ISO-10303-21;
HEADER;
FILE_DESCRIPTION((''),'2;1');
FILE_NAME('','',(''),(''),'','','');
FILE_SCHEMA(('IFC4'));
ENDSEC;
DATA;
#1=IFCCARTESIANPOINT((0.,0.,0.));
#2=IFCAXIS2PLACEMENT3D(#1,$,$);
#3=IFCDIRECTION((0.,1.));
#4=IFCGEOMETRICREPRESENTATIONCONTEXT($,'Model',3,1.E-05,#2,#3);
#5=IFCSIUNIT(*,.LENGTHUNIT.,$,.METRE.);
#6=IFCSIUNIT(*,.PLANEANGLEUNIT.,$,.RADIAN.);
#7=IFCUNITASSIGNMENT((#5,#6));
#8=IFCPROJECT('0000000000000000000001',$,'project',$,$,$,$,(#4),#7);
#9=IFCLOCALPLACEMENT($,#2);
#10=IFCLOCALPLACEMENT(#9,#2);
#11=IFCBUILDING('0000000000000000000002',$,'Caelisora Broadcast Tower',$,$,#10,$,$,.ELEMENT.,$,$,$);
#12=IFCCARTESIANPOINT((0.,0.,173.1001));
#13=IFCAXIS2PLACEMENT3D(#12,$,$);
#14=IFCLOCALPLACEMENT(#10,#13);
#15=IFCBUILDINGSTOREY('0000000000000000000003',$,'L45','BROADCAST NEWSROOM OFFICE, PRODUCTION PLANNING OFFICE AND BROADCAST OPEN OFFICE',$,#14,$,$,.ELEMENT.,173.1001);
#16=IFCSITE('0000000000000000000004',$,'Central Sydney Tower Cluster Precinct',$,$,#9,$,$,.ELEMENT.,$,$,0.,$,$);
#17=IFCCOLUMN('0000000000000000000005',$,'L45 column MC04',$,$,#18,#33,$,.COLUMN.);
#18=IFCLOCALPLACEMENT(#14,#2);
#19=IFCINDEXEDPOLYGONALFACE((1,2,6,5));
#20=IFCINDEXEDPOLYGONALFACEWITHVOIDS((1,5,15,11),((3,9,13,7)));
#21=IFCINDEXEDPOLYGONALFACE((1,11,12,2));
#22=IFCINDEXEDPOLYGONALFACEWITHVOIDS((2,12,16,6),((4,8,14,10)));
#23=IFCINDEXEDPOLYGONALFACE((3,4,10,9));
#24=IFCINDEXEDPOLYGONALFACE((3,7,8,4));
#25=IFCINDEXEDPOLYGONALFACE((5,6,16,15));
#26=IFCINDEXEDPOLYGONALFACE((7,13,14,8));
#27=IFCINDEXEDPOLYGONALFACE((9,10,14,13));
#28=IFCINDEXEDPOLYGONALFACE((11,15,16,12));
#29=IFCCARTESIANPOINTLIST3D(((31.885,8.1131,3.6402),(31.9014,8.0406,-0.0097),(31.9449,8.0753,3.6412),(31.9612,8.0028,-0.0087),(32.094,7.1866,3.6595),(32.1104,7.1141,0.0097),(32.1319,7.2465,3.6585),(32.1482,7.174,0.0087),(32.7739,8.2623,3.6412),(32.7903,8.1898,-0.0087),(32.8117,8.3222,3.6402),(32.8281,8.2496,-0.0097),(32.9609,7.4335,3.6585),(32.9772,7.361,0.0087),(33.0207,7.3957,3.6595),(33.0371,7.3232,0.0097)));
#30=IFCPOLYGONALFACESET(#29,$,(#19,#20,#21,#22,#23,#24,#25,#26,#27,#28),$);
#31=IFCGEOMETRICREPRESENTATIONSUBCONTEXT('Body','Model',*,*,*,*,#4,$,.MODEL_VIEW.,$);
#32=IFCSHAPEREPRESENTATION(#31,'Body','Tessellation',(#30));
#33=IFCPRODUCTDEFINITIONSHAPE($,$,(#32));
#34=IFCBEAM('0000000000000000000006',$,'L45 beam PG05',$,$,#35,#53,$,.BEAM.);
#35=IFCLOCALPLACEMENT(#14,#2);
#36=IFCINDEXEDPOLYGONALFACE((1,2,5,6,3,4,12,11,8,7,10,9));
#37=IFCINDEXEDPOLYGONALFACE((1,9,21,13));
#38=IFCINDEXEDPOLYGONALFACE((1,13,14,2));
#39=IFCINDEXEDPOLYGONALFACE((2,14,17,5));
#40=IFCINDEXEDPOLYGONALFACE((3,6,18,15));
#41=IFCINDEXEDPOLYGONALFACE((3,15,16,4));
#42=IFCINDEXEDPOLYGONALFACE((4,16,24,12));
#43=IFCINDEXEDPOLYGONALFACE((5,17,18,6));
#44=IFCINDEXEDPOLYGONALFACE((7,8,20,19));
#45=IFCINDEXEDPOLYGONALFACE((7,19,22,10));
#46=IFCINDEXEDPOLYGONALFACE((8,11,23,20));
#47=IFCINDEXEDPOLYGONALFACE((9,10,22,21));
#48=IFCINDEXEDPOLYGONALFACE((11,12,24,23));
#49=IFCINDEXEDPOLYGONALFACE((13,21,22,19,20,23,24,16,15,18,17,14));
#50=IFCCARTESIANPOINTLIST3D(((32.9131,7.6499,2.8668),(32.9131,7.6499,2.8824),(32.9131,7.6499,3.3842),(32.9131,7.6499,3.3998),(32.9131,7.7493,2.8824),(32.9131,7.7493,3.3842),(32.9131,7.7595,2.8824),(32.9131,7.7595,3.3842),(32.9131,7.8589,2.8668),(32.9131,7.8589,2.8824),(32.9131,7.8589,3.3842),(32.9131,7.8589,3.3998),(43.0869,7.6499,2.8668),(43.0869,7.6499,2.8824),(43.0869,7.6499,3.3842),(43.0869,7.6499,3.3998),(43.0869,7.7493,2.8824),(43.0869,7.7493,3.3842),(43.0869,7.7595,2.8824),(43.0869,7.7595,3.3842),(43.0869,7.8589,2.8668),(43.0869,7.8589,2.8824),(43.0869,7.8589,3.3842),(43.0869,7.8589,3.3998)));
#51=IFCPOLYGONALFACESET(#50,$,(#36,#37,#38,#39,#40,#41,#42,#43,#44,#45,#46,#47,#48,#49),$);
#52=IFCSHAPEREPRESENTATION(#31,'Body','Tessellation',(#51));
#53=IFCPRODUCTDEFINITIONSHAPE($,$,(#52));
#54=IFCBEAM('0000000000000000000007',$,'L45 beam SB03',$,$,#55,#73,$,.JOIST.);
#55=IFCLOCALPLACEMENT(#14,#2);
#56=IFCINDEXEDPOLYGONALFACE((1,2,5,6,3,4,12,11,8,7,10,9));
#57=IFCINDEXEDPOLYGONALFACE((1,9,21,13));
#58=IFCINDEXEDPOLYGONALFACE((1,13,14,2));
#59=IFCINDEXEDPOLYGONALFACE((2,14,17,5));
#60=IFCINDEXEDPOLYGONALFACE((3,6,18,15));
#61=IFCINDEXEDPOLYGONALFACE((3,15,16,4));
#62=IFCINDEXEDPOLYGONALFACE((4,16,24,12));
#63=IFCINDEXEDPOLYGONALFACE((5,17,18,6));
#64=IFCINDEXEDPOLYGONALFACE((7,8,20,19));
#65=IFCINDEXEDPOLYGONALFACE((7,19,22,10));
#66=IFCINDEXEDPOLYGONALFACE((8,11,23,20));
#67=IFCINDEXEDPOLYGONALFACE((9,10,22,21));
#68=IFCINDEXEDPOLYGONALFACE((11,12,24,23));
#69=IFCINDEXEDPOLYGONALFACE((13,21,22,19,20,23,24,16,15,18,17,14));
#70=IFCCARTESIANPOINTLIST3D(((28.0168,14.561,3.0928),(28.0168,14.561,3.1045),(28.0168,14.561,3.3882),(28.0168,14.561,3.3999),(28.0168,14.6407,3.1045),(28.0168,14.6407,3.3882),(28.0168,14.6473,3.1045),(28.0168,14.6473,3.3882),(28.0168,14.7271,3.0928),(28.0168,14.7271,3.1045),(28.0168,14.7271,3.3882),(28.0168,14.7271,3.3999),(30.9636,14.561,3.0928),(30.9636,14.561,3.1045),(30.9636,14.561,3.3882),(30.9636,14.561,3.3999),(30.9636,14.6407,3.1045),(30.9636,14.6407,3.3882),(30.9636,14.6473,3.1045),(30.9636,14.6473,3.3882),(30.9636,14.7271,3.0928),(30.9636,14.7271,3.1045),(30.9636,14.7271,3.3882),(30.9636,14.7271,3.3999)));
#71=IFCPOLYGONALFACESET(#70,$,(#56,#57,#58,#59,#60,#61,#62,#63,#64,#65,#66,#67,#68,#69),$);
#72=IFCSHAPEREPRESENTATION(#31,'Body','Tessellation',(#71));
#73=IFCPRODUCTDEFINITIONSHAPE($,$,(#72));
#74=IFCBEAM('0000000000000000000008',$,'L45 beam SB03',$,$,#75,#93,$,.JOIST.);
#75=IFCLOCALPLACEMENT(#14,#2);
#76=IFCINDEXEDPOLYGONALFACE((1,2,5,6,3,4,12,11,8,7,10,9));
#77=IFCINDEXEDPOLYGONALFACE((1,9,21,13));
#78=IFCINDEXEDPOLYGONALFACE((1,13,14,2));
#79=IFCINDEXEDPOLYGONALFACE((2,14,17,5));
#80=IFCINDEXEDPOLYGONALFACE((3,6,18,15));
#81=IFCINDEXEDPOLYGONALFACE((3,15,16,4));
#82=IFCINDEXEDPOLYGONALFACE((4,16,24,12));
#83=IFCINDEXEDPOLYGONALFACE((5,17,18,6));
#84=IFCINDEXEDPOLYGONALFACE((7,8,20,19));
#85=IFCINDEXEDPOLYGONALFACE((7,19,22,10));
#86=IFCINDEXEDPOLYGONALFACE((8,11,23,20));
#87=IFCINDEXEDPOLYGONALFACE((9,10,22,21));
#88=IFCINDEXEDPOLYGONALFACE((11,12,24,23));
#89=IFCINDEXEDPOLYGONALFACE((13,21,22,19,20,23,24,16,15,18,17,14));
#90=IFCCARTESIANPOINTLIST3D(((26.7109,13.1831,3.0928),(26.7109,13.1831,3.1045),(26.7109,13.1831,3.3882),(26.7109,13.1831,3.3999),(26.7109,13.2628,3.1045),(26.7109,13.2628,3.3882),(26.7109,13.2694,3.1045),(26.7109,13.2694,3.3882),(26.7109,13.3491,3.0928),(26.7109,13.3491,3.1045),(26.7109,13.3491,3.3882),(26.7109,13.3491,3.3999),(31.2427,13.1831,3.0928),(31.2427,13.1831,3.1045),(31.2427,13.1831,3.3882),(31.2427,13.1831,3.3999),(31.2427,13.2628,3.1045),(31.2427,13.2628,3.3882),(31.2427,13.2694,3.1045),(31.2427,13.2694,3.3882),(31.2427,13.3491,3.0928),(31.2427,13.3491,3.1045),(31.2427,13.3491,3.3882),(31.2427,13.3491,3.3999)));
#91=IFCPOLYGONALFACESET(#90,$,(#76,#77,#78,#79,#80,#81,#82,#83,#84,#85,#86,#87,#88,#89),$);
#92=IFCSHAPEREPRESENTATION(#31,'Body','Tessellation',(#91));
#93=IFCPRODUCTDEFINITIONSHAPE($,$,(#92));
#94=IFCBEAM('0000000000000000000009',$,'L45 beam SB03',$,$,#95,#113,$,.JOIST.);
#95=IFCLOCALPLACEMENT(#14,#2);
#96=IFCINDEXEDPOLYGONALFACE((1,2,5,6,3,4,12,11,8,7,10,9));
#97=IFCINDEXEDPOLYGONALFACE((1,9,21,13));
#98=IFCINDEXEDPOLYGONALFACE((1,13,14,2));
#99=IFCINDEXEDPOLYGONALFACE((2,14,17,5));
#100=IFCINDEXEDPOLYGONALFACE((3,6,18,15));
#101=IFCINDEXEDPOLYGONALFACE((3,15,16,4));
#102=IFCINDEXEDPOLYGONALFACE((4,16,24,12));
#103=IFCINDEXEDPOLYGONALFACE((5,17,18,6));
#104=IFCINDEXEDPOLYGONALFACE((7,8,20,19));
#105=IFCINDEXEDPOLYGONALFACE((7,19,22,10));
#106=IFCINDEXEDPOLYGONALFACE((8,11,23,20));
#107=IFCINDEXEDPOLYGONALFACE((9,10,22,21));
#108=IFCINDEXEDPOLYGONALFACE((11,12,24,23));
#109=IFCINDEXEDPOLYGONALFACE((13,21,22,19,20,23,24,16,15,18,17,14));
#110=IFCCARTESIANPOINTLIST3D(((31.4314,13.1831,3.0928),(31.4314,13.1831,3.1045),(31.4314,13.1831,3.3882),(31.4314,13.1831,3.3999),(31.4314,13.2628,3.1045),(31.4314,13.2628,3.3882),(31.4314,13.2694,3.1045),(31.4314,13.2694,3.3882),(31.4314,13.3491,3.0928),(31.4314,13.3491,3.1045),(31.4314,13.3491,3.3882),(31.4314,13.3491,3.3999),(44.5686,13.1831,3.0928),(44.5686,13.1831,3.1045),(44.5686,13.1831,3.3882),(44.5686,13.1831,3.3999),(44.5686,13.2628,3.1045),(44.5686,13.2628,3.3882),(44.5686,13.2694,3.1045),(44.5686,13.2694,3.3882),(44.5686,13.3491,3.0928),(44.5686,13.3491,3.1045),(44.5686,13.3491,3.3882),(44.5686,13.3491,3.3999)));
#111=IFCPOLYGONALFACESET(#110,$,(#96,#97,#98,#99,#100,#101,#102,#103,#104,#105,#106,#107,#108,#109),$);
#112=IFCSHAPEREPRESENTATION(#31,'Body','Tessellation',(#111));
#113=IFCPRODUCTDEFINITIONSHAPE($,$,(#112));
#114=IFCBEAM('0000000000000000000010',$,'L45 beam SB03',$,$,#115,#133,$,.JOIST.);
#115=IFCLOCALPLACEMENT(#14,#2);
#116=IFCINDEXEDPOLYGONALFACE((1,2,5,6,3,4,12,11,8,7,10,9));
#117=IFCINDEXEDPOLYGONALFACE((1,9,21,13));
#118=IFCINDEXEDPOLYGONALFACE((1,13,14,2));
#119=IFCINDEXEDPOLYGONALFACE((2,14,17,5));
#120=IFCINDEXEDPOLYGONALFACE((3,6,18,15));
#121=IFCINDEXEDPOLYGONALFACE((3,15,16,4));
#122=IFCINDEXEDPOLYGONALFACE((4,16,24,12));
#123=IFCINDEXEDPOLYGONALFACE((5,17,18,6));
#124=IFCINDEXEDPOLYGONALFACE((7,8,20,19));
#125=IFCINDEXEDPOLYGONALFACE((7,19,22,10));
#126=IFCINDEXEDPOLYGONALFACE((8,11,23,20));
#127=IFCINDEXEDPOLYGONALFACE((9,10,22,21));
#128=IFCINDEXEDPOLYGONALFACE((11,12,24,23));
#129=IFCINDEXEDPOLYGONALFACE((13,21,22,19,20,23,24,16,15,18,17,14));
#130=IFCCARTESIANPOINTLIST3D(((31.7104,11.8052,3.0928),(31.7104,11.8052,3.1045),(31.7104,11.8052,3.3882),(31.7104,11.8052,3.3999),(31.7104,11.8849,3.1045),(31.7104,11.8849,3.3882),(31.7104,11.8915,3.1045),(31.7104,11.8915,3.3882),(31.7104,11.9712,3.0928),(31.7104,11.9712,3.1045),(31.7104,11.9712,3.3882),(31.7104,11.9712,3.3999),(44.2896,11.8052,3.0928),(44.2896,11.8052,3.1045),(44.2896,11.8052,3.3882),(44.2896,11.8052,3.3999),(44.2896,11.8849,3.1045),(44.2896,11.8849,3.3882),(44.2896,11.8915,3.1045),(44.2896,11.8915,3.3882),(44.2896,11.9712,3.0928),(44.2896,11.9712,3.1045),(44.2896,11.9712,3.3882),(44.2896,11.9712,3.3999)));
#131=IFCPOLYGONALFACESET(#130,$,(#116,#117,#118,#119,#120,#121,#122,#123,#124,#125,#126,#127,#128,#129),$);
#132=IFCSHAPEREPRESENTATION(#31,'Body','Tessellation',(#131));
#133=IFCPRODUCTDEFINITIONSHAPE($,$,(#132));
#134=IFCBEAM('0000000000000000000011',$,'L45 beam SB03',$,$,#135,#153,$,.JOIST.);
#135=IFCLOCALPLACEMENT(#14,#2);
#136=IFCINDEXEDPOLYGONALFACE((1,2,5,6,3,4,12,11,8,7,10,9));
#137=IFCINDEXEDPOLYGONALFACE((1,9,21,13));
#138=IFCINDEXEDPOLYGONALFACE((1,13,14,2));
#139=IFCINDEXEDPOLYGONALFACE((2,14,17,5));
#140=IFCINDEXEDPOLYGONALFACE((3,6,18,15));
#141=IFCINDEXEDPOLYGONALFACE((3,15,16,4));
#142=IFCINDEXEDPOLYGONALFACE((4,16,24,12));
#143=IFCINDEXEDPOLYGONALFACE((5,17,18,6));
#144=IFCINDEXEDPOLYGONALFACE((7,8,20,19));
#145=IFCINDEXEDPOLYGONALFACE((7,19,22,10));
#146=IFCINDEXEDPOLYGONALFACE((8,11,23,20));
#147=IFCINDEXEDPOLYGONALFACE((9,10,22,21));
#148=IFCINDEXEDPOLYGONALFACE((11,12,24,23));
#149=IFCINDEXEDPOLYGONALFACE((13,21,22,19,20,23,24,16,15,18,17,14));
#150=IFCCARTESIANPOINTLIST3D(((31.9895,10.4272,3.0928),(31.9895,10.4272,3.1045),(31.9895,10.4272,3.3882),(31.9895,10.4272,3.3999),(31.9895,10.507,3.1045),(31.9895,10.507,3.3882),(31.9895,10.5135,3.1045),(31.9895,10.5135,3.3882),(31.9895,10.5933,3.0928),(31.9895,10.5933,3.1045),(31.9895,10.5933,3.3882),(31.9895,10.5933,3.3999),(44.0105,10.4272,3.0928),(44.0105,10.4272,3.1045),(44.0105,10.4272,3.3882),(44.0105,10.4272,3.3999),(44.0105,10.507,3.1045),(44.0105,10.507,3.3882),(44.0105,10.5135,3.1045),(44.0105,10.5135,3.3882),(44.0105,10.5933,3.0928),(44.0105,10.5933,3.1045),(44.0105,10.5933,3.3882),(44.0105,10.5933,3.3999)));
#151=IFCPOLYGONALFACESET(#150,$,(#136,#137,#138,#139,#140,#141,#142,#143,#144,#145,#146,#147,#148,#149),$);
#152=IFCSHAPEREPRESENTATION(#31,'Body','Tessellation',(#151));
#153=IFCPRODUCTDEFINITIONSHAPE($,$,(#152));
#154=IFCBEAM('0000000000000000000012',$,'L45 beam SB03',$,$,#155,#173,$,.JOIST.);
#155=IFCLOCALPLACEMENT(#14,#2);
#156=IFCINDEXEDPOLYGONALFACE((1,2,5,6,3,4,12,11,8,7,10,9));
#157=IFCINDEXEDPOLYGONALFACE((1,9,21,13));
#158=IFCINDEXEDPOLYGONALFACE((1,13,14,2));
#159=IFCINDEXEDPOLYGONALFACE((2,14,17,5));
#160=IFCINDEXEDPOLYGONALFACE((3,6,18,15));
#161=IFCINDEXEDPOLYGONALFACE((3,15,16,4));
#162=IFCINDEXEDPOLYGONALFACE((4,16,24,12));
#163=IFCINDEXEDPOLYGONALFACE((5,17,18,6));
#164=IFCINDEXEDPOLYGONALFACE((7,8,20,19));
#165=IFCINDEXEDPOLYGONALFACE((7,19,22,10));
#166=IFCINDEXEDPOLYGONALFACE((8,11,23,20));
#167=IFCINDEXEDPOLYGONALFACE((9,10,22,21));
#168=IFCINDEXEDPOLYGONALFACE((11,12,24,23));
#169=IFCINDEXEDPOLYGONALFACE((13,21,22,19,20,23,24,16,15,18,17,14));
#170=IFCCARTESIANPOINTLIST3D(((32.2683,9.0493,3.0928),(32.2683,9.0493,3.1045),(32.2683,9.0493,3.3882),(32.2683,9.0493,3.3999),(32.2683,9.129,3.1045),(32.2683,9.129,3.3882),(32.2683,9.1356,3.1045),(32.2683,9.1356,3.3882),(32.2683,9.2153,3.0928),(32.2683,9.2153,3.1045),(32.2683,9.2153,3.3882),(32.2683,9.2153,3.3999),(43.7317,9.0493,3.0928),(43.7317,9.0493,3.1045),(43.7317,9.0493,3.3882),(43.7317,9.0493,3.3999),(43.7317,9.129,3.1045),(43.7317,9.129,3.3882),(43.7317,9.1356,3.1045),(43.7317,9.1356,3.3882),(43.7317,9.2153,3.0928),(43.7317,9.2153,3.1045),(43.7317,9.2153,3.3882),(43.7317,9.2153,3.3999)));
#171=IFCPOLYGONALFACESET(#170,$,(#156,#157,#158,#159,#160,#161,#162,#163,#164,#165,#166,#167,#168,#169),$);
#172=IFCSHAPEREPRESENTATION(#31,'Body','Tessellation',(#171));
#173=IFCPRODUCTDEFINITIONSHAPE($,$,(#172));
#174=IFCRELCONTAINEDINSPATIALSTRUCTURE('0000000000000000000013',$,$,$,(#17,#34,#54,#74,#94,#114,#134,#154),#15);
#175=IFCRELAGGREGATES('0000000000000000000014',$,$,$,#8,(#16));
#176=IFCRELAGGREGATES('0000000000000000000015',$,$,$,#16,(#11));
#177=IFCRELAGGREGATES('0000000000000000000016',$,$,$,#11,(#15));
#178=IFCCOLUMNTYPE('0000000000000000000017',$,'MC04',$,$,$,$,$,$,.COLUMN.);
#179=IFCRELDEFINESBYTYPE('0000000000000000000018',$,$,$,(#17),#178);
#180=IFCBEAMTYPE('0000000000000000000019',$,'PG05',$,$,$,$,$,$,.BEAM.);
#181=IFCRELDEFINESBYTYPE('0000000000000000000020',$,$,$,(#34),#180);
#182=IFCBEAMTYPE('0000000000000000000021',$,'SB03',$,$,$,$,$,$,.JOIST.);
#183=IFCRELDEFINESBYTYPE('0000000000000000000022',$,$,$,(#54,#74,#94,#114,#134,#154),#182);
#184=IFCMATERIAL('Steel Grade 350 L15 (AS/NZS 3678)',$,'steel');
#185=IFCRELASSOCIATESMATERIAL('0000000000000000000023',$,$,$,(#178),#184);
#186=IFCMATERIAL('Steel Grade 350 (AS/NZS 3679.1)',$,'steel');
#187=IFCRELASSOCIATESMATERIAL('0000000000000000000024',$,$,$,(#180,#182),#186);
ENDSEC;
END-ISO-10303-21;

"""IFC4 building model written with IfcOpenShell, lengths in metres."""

from ifc_helpers import new_model, si_unit, direction, frame, origin, origin_2d, place, context, subcontext, project, spatial, hollow_rectangle, i_section, extrude, source, transform, mapped, material, material_profile, profile_set, type_object, type_shapes, element, save


model = new_model("IFC4")

# Units and contexts
model_context = context("Model", 3, precision=1e-05, world=origin(), true_north=direction((0.0, 1.0)))
body_context = subcontext(model_context, "Body", "Model", "MODEL_VIEW")
ifc_project = project(units=[si_unit("LENGTHUNIT", "METRE"), si_unit("PLANEANGLEUNIT", "RADIAN")], contexts=[model_context])

# Site, building, storey
site_placement = place(None, origin())
site = spatial("IfcSite", under=ifc_project, at=site_placement, Name="Central Sydney Tower Cluster Precinct", CompositionType="ELEMENT", RefElevation=0.0)
building_placement = place(site_placement, origin())
building = spatial("IfcBuilding", under=site, at=building_placement, Name="Caelisora Broadcast Tower", CompositionType="ELEMENT")
storey_placement = place(building_placement, frame((0.0, 0.0, 173.1001)))
storey = spatial("IfcBuildingStorey", under=building, at=storey_placement, Name="L45", Description="BROADCAST NEWSROOM OFFICE, PRODUCTION PLANNING OFFICE AND BROADCAST OPEN OFFICE", CompositionType="ELEMENT", Elevation=173.1001)

# Column
ifc_material_1 = material(Name="Steel Grade 350 L15 (AS/NZS 3678)", Category="steel")
ifc_material_profile_1 = material_profile(ifc_material_1, hollow_rectangle(XDim=0.95, YDim=0.95, WallThickness=0.05, at=origin_2d()), Name="Steel Grade 350 L15 (AS/NZS 3678)")
ifc_profile_set_1 = profile_set([ifc_material_profile_1], Name="Steel Grade 350 L15 (AS/NZS 3678)")
column_type = type_object("IfcColumnType", Name="MC04", PredefinedType="COLUMN", material=ifc_profile_set_1)
shared_shape_1 = source(origin(), body_context, "Body", "SweptSolid", [
    extrude(hollow_rectangle(XDim=0.95, YDim=0.95, WallThickness=0.05, at=origin_2d()), origin(), (0.0, 0.0, 1.0), 3.6506),
])
type_shapes(column_type, [shared_shape_1])
column_placement = place(storey_placement, frame((32.4692, 7.6819, 0.0), z_axis=(-0.004481, 0.019862, 0.999793), x_axis=(-0.975487, -0.220059, 0.0)))
element("IfcColumn", 1, at=column_placement, inside=storey, type_object=column_type, Name="L45 column MC04", PredefinedType="COLUMN", context=body_context, shape_type="MappedRepresentation", body=[
    mapped(shared_shape_1, transform((0.0, 0.0, 0.0), scale=1.0)),
])

# Beams
ifc_material_2 = material(Name="Steel Grade 350 (AS/NZS 3679.1)", Category="steel")
ifc_material_profile_2 = material_profile(ifc_material_2, i_section(OverallWidth=0.209, OverallDepth=0.533, WebThickness=0.0103, FlangeThickness=0.0156, at=origin_2d()), Name="Steel Grade 350 (AS/NZS 3679.1)")
ifc_profile_set_2 = profile_set([ifc_material_profile_2], Name="Steel Grade 350 (AS/NZS 3679.1)")
beam_type_1 = type_object("IfcBeamType", Name="PG05", PredefinedType="BEAM", material=ifc_profile_set_2)
shared_shape_2 = source(origin(), body_context, "Body", "SweptSolid", [
    extrude(i_section(OverallWidth=0.209, OverallDepth=0.533, WebThickness=0.0103, FlangeThickness=0.0156, at=origin_2d()), origin(), (0.0, 0.0, 1.0), 10.1738),
])
type_shapes(beam_type_1, [shared_shape_2])
beam_1_placement = place(storey_placement, frame((32.9131, 7.7544, 3.1333), z_axis=(1.0, 0.0, 0.0), x_axis=(0.0, 1.0, 0.0)))
element("IfcBeam", 2, at=beam_1_placement, inside=storey, type_object=beam_type_1, Name="L45 beam PG05", PredefinedType="BEAM", context=body_context, shape_type="MappedRepresentation", body=[
    mapped(shared_shape_2, transform((0.0, 0.0, 0.0), scale=1.0)),
])
ifc_material_profile_3 = material_profile(ifc_material_2, i_section(OverallWidth=0.166, OverallDepth=0.3071, WebThickness=0.0066, FlangeThickness=0.0117, at=origin_2d()), Name="Steel Grade 350 (AS/NZS 3679.1)")
ifc_profile_set_3 = profile_set([ifc_material_profile_3], Name="Steel Grade 350 (AS/NZS 3679.1)")
beam_type_2 = type_object("IfcBeamType", Name="SB03", PredefinedType="JOIST", material=ifc_profile_set_3)
shared_shape_3 = source(origin(), body_context, "Body", "SweptSolid", [
    extrude(i_section(OverallWidth=0.166, OverallDepth=0.3071, WebThickness=0.0066, FlangeThickness=0.0117, at=origin_2d()), origin(), (0.0, 0.0, 1.0), 2.9468),
])
beam_2_placement = place(storey_placement, frame((28.0168, 14.644, 3.2463), z_axis=(1.0, 0.0, 0.0), x_axis=(0.0, 1.0, 0.0)))
element("IfcBeam", 3, at=beam_2_placement, inside=storey, type_object=beam_type_2, Name="L45 beam SB03", PredefinedType="JOIST", context=body_context, shape_type="MappedRepresentation", body=[
    mapped(shared_shape_3, transform((0.0, 0.0, 0.0), scale=1.0)),
])
shared_shape_4 = source(origin(), body_context, "Body", "SweptSolid", [
    extrude(i_section(OverallWidth=0.166, OverallDepth=0.3071, WebThickness=0.0066, FlangeThickness=0.0117, at=origin_2d()), origin(), (0.0, 0.0, 1.0), 4.5317),
])
beam_3_placement = place(storey_placement, frame((26.7109, 13.2661, 3.2463), z_axis=(1.0, 0.0, 0.0), x_axis=(0.0, 1.0, 0.0)))
element("IfcBeam", 4, at=beam_3_placement, inside=storey, type_object=beam_type_2, Name="L45 beam SB03", PredefinedType="JOIST", context=body_context, shape_type="MappedRepresentation", body=[
    mapped(shared_shape_4, transform((0.0, 0.0, 0.0), scale=1.0)),
])
shared_shape_5 = source(origin(), body_context, "Body", "SweptSolid", [
    extrude(i_section(OverallWidth=0.166, OverallDepth=0.3071, WebThickness=0.0066, FlangeThickness=0.0117, at=origin_2d()), origin(), (0.0, 0.0, 1.0), 13.1372),
])
beam_4_placement = place(storey_placement, frame((31.4314, 13.2661, 3.2463), z_axis=(1.0, 0.0, 0.0), x_axis=(0.0, 1.0, 0.0)))
element("IfcBeam", 5, at=beam_4_placement, inside=storey, type_object=beam_type_2, Name="L45 beam SB03", PredefinedType="JOIST", context=body_context, shape_type="MappedRepresentation", body=[
    mapped(shared_shape_5, transform((0.0, 0.0, 0.0), scale=1.0)),
])
shared_shape_6 = source(origin(), body_context, "Body", "SweptSolid", [
    extrude(i_section(OverallWidth=0.166, OverallDepth=0.3071, WebThickness=0.0066, FlangeThickness=0.0117, at=origin_2d()), origin(), (0.0, 0.0, 1.0), 12.5791),
])
beam_5_placement = place(storey_placement, frame((31.7104, 11.8882, 3.2463), z_axis=(1.0, 0.0, 0.0), x_axis=(0.0, 1.0, 0.0)))
element("IfcBeam", 6, at=beam_5_placement, inside=storey, type_object=beam_type_2, Name="L45 beam SB03", PredefinedType="JOIST", context=body_context, shape_type="MappedRepresentation", body=[
    mapped(shared_shape_6, transform((0.0, 0.0, 0.0), scale=1.0)),
])
shared_shape_7 = source(origin(), body_context, "Body", "SweptSolid", [
    extrude(i_section(OverallWidth=0.166, OverallDepth=0.3071, WebThickness=0.0066, FlangeThickness=0.0117, at=origin_2d()), origin(), (0.0, 0.0, 1.0), 12.021),
])
beam_6_placement = place(storey_placement, frame((31.9895, 10.5103, 3.2463), z_axis=(1.0, 0.0, 0.0), x_axis=(0.0, 1.0, 0.0)))
element("IfcBeam", 7, at=beam_6_placement, inside=storey, type_object=beam_type_2, Name="L45 beam SB03", PredefinedType="JOIST", context=body_context, shape_type="MappedRepresentation", body=[
    mapped(shared_shape_7, transform((0.0, 0.0, 0.0), scale=1.0)),
])
shared_shape_8 = source(origin(), body_context, "Body", "SweptSolid", [
    extrude(i_section(OverallWidth=0.166, OverallDepth=0.3071, WebThickness=0.0066, FlangeThickness=0.0117, at=origin_2d()), origin(), (0.0, 0.0, 1.0), 11.4634),
])
type_shapes(beam_type_2, [shared_shape_3, shared_shape_4, shared_shape_5, shared_shape_6, shared_shape_7, shared_shape_8])
beam_7_placement = place(storey_placement, frame((32.2683, 9.1323, 3.2463), z_axis=(1.0, 0.0, 0.0), x_axis=(0.0, 1.0, 0.0)))
element("IfcBeam", 8, at=beam_7_placement, inside=storey, type_object=beam_type_2, Name="L45 beam SB03", PredefinedType="JOIST", context=body_context, shape_type="MappedRepresentation", body=[
    mapped(shared_shape_8, transform((0.0, 0.0, 0.0), scale=1.0)),
])

save(model, "model.ifc")
